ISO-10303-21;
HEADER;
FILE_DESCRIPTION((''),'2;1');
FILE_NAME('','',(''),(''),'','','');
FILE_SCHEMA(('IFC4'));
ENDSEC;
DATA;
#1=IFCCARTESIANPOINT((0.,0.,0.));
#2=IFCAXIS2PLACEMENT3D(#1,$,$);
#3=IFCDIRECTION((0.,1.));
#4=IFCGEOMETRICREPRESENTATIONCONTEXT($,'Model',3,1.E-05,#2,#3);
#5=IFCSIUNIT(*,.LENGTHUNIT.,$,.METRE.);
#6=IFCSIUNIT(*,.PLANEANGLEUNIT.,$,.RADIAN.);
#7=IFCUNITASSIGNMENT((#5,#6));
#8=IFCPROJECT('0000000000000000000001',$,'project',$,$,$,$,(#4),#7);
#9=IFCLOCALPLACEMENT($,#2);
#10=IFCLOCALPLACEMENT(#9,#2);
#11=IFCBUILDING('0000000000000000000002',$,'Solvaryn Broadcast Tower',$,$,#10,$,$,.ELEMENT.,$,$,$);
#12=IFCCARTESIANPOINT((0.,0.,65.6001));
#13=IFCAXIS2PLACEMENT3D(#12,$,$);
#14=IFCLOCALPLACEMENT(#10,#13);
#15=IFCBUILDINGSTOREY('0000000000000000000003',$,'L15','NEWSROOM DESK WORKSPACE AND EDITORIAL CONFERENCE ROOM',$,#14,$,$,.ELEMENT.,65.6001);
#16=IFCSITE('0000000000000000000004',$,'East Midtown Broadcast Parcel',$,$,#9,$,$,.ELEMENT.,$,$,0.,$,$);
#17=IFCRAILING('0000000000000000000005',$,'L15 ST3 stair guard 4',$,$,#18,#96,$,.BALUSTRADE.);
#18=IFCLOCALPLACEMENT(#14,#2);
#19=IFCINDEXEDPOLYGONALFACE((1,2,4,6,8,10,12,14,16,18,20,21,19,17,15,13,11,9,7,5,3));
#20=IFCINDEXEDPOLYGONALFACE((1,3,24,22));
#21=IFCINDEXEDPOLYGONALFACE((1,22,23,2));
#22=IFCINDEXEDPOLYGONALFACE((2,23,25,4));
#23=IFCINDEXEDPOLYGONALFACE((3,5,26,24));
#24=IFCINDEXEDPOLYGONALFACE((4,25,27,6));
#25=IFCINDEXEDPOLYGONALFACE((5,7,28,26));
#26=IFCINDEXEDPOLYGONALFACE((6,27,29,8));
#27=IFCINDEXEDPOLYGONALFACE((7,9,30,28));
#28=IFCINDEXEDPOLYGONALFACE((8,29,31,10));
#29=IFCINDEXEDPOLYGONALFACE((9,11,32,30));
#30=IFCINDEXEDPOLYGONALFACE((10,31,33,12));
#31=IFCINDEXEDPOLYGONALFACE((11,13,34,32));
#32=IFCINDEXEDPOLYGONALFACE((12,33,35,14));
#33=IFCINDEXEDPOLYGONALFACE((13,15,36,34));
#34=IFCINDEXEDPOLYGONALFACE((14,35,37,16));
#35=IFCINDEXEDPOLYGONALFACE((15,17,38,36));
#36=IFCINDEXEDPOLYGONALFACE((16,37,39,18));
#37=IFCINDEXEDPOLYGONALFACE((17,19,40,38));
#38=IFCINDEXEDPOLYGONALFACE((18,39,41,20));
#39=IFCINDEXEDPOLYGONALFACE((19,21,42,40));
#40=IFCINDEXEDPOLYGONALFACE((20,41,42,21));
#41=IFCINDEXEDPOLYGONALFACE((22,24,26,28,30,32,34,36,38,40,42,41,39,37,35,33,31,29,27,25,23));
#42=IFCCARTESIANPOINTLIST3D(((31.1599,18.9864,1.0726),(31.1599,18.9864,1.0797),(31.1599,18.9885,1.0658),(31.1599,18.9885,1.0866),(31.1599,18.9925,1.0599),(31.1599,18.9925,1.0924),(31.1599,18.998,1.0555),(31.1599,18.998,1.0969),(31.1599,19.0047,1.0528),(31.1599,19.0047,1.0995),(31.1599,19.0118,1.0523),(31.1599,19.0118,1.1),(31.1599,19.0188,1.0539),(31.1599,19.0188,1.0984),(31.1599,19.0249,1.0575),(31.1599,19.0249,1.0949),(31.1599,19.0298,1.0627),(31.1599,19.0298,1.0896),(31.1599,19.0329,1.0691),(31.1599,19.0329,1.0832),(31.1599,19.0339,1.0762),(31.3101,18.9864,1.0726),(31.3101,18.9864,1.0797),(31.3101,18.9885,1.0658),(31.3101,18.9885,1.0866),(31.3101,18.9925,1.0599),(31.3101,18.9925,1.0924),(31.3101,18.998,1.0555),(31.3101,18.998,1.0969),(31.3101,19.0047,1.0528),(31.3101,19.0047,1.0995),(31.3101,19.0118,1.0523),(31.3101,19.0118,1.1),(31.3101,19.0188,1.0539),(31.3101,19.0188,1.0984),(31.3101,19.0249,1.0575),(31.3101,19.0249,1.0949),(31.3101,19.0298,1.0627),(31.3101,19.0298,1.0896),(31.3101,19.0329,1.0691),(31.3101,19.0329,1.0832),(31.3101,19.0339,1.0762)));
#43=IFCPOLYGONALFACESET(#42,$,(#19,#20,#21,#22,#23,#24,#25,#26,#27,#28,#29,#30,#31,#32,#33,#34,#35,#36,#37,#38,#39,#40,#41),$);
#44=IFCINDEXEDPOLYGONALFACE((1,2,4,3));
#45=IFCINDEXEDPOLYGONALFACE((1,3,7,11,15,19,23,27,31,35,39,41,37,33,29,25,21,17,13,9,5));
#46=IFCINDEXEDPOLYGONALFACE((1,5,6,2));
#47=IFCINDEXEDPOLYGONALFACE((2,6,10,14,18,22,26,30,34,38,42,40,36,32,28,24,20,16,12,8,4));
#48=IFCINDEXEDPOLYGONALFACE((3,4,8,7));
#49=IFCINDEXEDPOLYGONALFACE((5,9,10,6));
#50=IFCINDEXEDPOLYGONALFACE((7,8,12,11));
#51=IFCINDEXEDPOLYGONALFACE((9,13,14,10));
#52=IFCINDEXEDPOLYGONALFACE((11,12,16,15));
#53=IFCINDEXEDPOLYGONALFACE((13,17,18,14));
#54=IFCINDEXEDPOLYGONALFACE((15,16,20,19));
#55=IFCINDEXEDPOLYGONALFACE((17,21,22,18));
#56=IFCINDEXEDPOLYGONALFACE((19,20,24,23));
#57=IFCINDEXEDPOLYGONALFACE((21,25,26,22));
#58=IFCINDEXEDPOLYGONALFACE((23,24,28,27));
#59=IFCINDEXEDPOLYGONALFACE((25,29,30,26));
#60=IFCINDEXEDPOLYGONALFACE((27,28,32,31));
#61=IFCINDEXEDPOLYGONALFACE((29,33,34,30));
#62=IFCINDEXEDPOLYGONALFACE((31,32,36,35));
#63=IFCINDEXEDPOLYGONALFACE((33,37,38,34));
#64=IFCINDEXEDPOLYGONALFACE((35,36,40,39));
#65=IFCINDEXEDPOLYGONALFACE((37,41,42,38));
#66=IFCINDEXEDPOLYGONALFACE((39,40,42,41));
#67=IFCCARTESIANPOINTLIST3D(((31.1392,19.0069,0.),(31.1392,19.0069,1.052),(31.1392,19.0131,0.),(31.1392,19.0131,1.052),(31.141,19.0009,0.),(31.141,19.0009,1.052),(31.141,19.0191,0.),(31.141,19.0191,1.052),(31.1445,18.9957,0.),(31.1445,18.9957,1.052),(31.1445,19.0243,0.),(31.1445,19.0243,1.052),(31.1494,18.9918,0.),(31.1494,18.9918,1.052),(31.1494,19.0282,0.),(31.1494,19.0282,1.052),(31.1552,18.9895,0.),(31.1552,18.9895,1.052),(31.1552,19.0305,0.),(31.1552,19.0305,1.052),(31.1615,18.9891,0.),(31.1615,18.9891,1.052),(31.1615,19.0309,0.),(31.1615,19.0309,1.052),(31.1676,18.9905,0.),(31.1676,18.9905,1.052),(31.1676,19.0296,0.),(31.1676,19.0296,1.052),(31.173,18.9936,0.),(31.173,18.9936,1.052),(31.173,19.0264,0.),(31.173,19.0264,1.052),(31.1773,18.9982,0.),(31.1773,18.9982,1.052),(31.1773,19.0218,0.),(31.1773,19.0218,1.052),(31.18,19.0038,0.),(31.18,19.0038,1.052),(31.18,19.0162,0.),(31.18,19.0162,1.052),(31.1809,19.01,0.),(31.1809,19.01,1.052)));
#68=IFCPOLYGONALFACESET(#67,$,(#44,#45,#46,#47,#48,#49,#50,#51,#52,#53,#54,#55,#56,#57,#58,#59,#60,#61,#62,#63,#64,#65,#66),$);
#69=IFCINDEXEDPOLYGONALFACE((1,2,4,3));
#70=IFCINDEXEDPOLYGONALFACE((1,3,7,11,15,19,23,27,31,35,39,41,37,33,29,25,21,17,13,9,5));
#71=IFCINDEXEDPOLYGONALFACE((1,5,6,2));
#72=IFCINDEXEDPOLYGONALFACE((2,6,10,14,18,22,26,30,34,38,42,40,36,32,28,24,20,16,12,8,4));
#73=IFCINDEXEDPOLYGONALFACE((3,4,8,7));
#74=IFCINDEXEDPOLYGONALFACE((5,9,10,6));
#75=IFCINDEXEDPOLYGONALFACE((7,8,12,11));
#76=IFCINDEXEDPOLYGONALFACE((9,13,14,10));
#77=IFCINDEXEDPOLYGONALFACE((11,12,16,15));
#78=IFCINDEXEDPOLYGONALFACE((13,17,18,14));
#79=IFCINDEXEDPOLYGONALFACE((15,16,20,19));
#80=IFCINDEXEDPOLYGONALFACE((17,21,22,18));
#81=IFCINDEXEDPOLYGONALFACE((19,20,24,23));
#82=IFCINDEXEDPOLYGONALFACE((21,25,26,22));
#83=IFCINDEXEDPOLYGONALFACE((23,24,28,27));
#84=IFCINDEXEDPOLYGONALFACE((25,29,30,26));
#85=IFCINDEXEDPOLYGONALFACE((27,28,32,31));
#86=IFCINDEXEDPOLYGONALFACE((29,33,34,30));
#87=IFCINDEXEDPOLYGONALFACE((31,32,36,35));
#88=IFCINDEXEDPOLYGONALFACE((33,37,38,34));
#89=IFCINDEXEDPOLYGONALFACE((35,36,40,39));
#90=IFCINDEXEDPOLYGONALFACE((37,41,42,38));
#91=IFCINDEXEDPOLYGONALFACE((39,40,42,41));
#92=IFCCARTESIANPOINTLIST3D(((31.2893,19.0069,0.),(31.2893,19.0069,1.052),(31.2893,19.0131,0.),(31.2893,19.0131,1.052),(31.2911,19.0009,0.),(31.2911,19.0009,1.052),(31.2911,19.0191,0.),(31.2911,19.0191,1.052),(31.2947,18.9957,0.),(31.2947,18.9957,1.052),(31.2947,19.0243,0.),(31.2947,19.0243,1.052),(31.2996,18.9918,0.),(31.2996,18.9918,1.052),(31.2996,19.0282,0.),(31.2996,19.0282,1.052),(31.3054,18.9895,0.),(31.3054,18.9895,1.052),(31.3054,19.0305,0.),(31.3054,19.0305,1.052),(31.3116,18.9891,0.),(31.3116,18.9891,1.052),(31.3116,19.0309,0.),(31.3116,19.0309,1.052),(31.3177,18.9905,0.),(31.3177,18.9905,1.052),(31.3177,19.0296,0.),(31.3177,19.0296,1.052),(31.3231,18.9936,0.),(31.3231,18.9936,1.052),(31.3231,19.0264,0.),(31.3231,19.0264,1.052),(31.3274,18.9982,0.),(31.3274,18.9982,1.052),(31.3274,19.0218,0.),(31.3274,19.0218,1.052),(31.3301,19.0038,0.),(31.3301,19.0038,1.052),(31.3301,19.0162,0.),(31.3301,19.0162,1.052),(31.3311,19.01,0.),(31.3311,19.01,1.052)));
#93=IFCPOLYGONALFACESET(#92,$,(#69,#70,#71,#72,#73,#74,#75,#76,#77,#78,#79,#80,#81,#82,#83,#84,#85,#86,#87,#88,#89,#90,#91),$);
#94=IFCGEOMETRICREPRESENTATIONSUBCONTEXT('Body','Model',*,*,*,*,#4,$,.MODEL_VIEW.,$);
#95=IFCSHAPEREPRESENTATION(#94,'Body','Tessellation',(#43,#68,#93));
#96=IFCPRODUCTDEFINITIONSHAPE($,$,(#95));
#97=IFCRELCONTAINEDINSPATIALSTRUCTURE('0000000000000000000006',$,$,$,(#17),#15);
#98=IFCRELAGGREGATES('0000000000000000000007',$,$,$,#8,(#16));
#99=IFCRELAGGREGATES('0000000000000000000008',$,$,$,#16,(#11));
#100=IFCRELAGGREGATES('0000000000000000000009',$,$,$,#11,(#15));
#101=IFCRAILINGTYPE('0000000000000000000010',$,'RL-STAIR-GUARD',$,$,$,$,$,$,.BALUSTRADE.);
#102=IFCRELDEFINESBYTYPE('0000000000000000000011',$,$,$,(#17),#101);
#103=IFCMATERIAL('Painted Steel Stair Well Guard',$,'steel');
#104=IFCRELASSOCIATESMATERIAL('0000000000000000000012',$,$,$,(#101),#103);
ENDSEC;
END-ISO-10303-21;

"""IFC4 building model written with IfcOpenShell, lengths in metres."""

from ifc_helpers import new_model, si_unit, direction, frame, origin, origin_2d, place, context, subcontext, project, spatial, circle, extrude, material, type_object, element, save


model = new_model("IFC4")

# Units and contexts
model_context = context("Model", 3, precision=1e-05, world=origin(), true_north=direction((0.0, 1.0)))
body_context = subcontext(model_context, "Body", "Model", "MODEL_VIEW")
ifc_project = project(units=[si_unit("LENGTHUNIT", "METRE"), si_unit("PLANEANGLEUNIT", "RADIAN")], contexts=[model_context])

# Site, building, storey
site_placement = place(None, origin())
site = spatial("IfcSite", under=ifc_project, at=site_placement, Name="East Midtown Broadcast Parcel", CompositionType="ELEMENT", RefElevation=0.0)
building_placement = place(site_placement, origin())
building = spatial("IfcBuilding", under=site, at=building_placement, Name="Solvaryn Broadcast Tower", CompositionType="ELEMENT")
storey_placement = place(building_placement, frame((0.0, 0.0, 65.6001)))
storey = spatial("IfcBuildingStorey", under=building, at=storey_placement, Name="L15", Description="NEWSROOM DESK WORKSPACE AND EDITORIAL CONFERENCE ROOM", CompositionType="ELEMENT", Elevation=65.6001)

# Railing
ifc_material_1 = material(Name="Painted Steel Stair Well Guard", Category="steel")
railing_type_1 = type_object("IfcRailingType", Name="RL-STAIR-GUARD", PredefinedType="BALUSTRADE", material=ifc_material_1)
railing_1_placement = place(storey_placement, frame((31.1599, 19.01, 0.0)))
element("IfcRailing", 1, at=railing_1_placement, inside=storey, type_object=railing_type_1, Name="L15 ST3 stair guard 4", PredefinedType="BALUSTRADE", context=body_context, shape_type="SweptSolid", body=[
    extrude(circle(Radius=0.0239, at=origin_2d()), frame((0.0, 0.0, 1.0762), z_axis=(1.0, 0.0, 0.0), x_axis=(0.0, 1.0, 0.0)), (0.0, 0.0, 1.0), 0.1501),
    extrude(circle(Radius=0.021, at=origin_2d()), origin(), (0.0, 0.0, 1.0), 1.052),
    extrude(circle(Radius=0.021, at=origin_2d()), frame((0.1501, 0.0, 0.0)), (0.0, 0.0, 1.0), 1.052),
])

save(model, "model.ifc")
